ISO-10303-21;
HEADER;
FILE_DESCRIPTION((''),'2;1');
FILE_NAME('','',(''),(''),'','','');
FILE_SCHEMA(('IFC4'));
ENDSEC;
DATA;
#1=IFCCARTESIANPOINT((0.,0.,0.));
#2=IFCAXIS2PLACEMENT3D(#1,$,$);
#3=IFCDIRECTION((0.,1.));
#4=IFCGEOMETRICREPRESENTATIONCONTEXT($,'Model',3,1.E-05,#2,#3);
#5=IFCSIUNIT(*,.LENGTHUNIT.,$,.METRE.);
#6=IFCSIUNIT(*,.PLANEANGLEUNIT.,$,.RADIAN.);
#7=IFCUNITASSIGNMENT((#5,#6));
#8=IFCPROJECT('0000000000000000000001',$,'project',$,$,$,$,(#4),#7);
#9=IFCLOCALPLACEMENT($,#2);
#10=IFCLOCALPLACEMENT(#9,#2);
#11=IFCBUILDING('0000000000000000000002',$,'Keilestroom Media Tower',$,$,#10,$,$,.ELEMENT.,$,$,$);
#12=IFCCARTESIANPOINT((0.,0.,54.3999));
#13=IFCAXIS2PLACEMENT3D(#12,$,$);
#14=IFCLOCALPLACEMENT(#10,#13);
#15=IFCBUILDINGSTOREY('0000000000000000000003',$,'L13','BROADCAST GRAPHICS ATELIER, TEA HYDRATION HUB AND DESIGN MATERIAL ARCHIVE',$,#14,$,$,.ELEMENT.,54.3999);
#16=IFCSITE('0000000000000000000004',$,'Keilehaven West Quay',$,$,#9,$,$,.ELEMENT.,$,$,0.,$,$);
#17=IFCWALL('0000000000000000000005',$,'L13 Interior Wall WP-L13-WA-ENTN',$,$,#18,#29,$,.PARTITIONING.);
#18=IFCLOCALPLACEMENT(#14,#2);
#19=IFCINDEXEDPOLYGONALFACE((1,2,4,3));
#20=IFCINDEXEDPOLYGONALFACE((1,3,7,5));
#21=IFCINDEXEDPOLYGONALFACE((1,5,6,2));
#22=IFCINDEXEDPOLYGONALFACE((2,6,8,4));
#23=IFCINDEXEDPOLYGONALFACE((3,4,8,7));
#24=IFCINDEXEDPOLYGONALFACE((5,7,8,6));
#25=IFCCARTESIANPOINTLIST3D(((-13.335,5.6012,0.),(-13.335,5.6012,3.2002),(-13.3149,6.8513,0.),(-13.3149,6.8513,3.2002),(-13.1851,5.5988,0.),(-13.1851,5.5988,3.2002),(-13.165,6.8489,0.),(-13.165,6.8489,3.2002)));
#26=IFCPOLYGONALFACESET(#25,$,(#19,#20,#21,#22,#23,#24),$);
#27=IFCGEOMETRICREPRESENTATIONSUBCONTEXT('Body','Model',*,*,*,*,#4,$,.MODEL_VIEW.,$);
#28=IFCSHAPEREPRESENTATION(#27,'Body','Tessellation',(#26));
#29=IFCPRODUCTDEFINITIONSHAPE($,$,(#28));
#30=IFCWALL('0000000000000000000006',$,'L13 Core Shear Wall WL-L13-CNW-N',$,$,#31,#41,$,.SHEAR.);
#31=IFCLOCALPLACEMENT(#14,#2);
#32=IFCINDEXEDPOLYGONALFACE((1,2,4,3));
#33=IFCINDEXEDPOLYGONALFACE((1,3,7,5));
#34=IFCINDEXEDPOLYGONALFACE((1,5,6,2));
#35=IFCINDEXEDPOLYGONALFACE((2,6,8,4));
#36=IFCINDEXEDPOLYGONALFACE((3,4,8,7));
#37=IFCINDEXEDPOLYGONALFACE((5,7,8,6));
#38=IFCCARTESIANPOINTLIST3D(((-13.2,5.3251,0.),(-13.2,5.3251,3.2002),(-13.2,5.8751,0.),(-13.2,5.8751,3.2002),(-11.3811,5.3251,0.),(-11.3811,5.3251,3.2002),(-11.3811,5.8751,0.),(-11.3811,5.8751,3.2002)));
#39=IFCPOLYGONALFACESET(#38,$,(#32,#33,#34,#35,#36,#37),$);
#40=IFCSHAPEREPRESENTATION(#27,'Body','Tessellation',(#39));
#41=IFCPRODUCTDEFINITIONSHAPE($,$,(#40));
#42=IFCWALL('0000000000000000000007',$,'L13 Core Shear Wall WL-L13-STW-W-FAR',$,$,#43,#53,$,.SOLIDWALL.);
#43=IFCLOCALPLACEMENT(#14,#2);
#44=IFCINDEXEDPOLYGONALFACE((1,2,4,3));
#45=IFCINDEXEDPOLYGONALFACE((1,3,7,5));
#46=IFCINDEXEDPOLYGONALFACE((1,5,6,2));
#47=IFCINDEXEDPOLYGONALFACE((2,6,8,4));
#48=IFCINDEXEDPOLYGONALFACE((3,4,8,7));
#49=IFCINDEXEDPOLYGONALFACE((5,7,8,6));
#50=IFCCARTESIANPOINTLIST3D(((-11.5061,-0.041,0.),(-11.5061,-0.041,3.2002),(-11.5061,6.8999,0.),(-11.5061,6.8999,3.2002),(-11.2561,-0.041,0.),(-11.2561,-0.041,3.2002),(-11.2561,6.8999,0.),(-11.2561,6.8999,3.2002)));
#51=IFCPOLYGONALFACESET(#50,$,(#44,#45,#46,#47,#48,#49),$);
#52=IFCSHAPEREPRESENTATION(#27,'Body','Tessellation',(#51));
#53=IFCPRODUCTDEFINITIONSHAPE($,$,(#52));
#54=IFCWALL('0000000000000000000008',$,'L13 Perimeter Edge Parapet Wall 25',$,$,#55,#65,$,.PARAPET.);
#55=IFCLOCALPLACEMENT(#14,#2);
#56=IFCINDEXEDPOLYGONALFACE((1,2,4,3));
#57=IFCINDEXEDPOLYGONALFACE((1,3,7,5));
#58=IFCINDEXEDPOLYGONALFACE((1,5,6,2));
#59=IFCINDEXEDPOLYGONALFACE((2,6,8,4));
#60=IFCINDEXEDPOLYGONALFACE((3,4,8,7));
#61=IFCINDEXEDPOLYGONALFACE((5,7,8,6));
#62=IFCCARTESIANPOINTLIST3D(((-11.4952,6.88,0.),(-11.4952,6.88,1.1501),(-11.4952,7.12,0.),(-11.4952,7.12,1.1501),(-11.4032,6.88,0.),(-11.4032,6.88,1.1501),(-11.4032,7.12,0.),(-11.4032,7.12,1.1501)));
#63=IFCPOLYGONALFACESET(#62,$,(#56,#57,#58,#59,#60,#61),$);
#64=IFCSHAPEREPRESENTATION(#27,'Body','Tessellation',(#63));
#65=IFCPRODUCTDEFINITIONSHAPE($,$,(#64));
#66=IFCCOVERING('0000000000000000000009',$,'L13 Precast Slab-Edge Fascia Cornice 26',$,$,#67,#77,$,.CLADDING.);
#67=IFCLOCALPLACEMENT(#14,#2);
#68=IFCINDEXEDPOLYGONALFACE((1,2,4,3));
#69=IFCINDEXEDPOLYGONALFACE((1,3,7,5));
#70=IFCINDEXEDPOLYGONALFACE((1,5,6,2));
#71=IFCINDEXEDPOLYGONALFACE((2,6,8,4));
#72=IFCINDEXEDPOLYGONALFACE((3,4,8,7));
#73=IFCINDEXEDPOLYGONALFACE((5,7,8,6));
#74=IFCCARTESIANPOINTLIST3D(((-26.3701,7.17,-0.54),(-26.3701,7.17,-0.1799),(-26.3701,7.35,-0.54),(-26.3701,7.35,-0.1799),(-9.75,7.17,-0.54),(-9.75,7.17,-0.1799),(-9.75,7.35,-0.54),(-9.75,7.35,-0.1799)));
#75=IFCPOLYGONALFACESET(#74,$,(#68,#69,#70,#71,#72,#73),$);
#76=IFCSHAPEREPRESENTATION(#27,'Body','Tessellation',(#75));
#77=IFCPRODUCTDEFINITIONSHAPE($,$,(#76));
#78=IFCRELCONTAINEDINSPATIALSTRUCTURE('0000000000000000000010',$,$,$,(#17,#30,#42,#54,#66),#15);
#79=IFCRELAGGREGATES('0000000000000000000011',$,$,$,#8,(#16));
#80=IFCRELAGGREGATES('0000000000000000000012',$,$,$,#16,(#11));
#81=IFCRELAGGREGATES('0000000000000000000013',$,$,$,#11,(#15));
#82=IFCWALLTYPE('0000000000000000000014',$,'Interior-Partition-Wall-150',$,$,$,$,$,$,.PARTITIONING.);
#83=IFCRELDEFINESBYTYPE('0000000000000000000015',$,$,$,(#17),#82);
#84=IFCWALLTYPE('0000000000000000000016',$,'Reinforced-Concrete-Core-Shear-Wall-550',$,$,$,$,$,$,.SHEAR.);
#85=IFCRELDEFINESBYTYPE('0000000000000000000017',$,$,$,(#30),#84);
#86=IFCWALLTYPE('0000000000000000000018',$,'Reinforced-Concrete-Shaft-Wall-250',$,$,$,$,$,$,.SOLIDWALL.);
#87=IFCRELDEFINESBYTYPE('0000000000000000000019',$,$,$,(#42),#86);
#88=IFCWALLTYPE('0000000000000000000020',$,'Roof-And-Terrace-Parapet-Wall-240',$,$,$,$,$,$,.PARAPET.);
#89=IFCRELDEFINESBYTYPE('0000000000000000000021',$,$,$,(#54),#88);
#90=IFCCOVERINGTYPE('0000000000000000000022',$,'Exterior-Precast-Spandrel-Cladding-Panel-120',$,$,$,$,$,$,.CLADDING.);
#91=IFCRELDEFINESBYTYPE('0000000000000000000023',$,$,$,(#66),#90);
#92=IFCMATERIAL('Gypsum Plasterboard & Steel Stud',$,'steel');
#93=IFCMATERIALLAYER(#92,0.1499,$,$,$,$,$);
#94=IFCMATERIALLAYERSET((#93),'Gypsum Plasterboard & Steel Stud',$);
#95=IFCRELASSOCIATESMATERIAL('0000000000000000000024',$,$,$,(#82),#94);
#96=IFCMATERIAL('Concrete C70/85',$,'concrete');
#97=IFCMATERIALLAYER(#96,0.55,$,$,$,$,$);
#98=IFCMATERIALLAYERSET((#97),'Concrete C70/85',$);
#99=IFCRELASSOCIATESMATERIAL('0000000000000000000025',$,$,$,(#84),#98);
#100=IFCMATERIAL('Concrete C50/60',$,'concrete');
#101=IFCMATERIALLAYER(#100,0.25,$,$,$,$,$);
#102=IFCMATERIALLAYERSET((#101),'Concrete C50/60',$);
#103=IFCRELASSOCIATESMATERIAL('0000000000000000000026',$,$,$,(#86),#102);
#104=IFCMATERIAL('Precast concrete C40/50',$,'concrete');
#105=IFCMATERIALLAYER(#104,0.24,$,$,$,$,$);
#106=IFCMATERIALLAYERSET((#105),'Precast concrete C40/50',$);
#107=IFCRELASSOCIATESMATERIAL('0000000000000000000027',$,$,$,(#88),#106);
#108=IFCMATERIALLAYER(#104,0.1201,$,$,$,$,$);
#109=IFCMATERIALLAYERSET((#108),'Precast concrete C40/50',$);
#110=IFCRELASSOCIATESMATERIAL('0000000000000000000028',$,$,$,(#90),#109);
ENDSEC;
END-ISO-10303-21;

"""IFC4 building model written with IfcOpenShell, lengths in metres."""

from ifc_helpers import new_model, si_unit, direction, frame, frame_2d, origin, origin_2d, place, context, subcontext, project, spatial, rectangle, extrude, source, transform, mapped, material, layer, layer_set, type_object, element, save


model = new_model("IFC4")

# Units and contexts
model_context = context("Model", 3, precision=1e-05, world=origin(), true_north=direction((0.0, 1.0)))
body_context = subcontext(model_context, "Body", "Model", "MODEL_VIEW")
ifc_project = project(units=[si_unit("LENGTHUNIT", "METRE"), si_unit("PLANEANGLEUNIT", "RADIAN")], contexts=[model_context])

# Site, building, storey
site_placement = place(None, origin())
site = spatial("IfcSite", under=ifc_project, at=site_placement, Name="Keilehaven West Quay", CompositionType="ELEMENT", RefElevation=0.0)
building_placement = place(site_placement, origin())
building = spatial("IfcBuilding", under=site, at=building_placement, Name="Keilestroom Media Tower", CompositionType="ELEMENT")
storey_placement = place(building_placement, frame((0.0, 0.0, 54.3999)))
storey = spatial("IfcBuildingStorey", under=building, at=storey_placement, Name="L13", Description="BROADCAST GRAPHICS ATELIER, TEA HYDRATION HUB AND DESIGN MATERIAL ARCHIVE", CompositionType="ELEMENT", Elevation=54.3999)

# Shared definitions
ifc_material_1 = material(Name="Precast concrete C40/50", Category="concrete")

# Walls
ifc_material_2 = material(Name="Gypsum Plasterboard & Steel Stud", Category="steel")
ifc_layer_1 = layer(ifc_material_2, 0.1499)
ifc_layer_set_1 = layer_set([ifc_layer_1], Name="Gypsum Plasterboard & Steel Stud")
wall_type_1 = type_object("IfcWallType", Name="Interior-Partition-Wall-150", PredefinedType="PARTITIONING", material=ifc_layer_set_1)
wall_1_placement = place(storey_placement, frame((-13.26, 5.6001, 0.0), z_axis=(0.0, 0.0, 1.0), x_axis=(0.016014, 0.999872, 0.0)))
element("IfcWall", 1, at=wall_1_placement, inside=storey, type_object=wall_type_1, Name="L13 Interior Wall WP-L13-WA-ENTN", PredefinedType="PARTITIONING", context=body_context, shape_type="SweptSolid", body=[
    extrude(rectangle(XDim=1.2502, YDim=0.1499, at=frame_2d((0.625, 0.0))), origin(), (0.0, 0.0, 1.0), 3.2002),
])
ifc_material_3 = material(Name="Concrete C70/85", Category="concrete")
ifc_layer_2 = layer(ifc_material_3, 0.55)
ifc_layer_set_2 = layer_set([ifc_layer_2], Name="Concrete C70/85")
wall_type_2 = type_object("IfcWallType", Name="Reinforced-Concrete-Core-Shear-Wall-550", PredefinedType="SHEAR", material=ifc_layer_set_2)
wall_2_placement = place(storey_placement, frame((-13.2, 5.6001, 0.0), z_axis=(0.0, 0.0, 1.0), x_axis=(1.0, 0.0, 0.0)))
element("IfcWall", 2, at=wall_2_placement, inside=storey, type_object=wall_type_2, Name="L13 Core Shear Wall WL-L13-CNW-N", PredefinedType="SHEAR", context=body_context, shape_type="SweptSolid", body=[
    extrude(rectangle(XDim=1.8188, YDim=0.55, at=frame_2d((0.9094, 0.0))), origin(), (0.0, 0.0, 1.0), 3.2002),
])
ifc_material_4 = material(Name="Concrete C50/60", Category="concrete")
ifc_layer_3 = layer(ifc_material_4, 0.25)
ifc_layer_set_3 = layer_set([ifc_layer_3], Name="Concrete C50/60")
wall_type_3 = type_object("IfcWallType", Name="Reinforced-Concrete-Shaft-Wall-250", PredefinedType="SOLIDWALL", material=ifc_layer_set_3)
wall_3_placement = place(storey_placement, frame((-11.3811, -0.041, 0.0), z_axis=(0.0, 0.0, 1.0), x_axis=(0.0, 1.0, 0.0)))
element("IfcWall", 3, at=wall_3_placement, inside=storey, type_object=wall_type_3, Name="L13 Core Shear Wall WL-L13-STW-W-FAR", PredefinedType="SOLIDWALL", context=body_context, shape_type="SweptSolid", body=[
    extrude(rectangle(XDim=6.9409, YDim=0.25, at=frame_2d((3.4705, 0.0))), origin(), (0.0, 0.0, 1.0), 3.2002),
])
ifc_layer_4 = layer(ifc_material_1, 0.24)
ifc_layer_set_4 = layer_set([ifc_layer_4], Name="Precast concrete C40/50")
wall_type_4 = type_object("IfcWallType", Name="Roof-And-Terrace-Parapet-Wall-240", PredefinedType="PARAPET", material=ifc_layer_set_4)
wall_4_placement = place(storey_placement, frame((-11.4951, 7.0, 0.0), z_axis=(0.0, 0.0, 1.0), x_axis=(1.0, 0.0, 0.0)))
element("IfcWall", 4, at=wall_4_placement, inside=storey, type_object=wall_type_4, Name="L13 Perimeter Edge Parapet Wall 25", PredefinedType="PARAPET", context=body_context, shape_type="SweptSolid", body=[
    extrude(rectangle(XDim=0.092, YDim=0.24, at=frame_2d((0.0459, 0.0))), origin(), (0.0, 0.0, 1.0), 1.1501),
])

# Covering
ifc_layer_5 = layer(ifc_material_1, 0.1201)
ifc_layer_set_5 = layer_set([ifc_layer_5], Name="Precast concrete C40/50")
covering_type = type_object("IfcCoveringType", Name="Exterior-Precast-Spandrel-Cladding-Panel-120", PredefinedType="CLADDING", material=ifc_layer_set_5)
shared_shape_1 = source(origin(), body_context, "Body", "SweptSolid", [
    extrude(rectangle(XDim=16.6201, YDim=0.1799, at=origin_2d()), origin(), (0.0, 0.0, 1.0), 0.3601),
])
covering_placement = place(storey_placement, frame((-18.0601, 7.26, -0.54), z_axis=(0.0, 0.0, 1.0), x_axis=(1.0, 0.0, 0.0)))
element("IfcCovering", 5, at=covering_placement, inside=storey, type_object=covering_type, Name="L13 Precast Slab-Edge Fascia Cornice 26", PredefinedType="CLADDING", context=body_context, shape_type="MappedRepresentation", body=[
    mapped(shared_shape_1, transform((0.0, 0.0, 0.0), x_axis=(1.0, 0.0, 0.0), y_axis=(0.0, 1.0, 0.0), z_axis=(0.0, 0.0, 1.0), scale=1.0)),
])

save(model, "model.ifc")
